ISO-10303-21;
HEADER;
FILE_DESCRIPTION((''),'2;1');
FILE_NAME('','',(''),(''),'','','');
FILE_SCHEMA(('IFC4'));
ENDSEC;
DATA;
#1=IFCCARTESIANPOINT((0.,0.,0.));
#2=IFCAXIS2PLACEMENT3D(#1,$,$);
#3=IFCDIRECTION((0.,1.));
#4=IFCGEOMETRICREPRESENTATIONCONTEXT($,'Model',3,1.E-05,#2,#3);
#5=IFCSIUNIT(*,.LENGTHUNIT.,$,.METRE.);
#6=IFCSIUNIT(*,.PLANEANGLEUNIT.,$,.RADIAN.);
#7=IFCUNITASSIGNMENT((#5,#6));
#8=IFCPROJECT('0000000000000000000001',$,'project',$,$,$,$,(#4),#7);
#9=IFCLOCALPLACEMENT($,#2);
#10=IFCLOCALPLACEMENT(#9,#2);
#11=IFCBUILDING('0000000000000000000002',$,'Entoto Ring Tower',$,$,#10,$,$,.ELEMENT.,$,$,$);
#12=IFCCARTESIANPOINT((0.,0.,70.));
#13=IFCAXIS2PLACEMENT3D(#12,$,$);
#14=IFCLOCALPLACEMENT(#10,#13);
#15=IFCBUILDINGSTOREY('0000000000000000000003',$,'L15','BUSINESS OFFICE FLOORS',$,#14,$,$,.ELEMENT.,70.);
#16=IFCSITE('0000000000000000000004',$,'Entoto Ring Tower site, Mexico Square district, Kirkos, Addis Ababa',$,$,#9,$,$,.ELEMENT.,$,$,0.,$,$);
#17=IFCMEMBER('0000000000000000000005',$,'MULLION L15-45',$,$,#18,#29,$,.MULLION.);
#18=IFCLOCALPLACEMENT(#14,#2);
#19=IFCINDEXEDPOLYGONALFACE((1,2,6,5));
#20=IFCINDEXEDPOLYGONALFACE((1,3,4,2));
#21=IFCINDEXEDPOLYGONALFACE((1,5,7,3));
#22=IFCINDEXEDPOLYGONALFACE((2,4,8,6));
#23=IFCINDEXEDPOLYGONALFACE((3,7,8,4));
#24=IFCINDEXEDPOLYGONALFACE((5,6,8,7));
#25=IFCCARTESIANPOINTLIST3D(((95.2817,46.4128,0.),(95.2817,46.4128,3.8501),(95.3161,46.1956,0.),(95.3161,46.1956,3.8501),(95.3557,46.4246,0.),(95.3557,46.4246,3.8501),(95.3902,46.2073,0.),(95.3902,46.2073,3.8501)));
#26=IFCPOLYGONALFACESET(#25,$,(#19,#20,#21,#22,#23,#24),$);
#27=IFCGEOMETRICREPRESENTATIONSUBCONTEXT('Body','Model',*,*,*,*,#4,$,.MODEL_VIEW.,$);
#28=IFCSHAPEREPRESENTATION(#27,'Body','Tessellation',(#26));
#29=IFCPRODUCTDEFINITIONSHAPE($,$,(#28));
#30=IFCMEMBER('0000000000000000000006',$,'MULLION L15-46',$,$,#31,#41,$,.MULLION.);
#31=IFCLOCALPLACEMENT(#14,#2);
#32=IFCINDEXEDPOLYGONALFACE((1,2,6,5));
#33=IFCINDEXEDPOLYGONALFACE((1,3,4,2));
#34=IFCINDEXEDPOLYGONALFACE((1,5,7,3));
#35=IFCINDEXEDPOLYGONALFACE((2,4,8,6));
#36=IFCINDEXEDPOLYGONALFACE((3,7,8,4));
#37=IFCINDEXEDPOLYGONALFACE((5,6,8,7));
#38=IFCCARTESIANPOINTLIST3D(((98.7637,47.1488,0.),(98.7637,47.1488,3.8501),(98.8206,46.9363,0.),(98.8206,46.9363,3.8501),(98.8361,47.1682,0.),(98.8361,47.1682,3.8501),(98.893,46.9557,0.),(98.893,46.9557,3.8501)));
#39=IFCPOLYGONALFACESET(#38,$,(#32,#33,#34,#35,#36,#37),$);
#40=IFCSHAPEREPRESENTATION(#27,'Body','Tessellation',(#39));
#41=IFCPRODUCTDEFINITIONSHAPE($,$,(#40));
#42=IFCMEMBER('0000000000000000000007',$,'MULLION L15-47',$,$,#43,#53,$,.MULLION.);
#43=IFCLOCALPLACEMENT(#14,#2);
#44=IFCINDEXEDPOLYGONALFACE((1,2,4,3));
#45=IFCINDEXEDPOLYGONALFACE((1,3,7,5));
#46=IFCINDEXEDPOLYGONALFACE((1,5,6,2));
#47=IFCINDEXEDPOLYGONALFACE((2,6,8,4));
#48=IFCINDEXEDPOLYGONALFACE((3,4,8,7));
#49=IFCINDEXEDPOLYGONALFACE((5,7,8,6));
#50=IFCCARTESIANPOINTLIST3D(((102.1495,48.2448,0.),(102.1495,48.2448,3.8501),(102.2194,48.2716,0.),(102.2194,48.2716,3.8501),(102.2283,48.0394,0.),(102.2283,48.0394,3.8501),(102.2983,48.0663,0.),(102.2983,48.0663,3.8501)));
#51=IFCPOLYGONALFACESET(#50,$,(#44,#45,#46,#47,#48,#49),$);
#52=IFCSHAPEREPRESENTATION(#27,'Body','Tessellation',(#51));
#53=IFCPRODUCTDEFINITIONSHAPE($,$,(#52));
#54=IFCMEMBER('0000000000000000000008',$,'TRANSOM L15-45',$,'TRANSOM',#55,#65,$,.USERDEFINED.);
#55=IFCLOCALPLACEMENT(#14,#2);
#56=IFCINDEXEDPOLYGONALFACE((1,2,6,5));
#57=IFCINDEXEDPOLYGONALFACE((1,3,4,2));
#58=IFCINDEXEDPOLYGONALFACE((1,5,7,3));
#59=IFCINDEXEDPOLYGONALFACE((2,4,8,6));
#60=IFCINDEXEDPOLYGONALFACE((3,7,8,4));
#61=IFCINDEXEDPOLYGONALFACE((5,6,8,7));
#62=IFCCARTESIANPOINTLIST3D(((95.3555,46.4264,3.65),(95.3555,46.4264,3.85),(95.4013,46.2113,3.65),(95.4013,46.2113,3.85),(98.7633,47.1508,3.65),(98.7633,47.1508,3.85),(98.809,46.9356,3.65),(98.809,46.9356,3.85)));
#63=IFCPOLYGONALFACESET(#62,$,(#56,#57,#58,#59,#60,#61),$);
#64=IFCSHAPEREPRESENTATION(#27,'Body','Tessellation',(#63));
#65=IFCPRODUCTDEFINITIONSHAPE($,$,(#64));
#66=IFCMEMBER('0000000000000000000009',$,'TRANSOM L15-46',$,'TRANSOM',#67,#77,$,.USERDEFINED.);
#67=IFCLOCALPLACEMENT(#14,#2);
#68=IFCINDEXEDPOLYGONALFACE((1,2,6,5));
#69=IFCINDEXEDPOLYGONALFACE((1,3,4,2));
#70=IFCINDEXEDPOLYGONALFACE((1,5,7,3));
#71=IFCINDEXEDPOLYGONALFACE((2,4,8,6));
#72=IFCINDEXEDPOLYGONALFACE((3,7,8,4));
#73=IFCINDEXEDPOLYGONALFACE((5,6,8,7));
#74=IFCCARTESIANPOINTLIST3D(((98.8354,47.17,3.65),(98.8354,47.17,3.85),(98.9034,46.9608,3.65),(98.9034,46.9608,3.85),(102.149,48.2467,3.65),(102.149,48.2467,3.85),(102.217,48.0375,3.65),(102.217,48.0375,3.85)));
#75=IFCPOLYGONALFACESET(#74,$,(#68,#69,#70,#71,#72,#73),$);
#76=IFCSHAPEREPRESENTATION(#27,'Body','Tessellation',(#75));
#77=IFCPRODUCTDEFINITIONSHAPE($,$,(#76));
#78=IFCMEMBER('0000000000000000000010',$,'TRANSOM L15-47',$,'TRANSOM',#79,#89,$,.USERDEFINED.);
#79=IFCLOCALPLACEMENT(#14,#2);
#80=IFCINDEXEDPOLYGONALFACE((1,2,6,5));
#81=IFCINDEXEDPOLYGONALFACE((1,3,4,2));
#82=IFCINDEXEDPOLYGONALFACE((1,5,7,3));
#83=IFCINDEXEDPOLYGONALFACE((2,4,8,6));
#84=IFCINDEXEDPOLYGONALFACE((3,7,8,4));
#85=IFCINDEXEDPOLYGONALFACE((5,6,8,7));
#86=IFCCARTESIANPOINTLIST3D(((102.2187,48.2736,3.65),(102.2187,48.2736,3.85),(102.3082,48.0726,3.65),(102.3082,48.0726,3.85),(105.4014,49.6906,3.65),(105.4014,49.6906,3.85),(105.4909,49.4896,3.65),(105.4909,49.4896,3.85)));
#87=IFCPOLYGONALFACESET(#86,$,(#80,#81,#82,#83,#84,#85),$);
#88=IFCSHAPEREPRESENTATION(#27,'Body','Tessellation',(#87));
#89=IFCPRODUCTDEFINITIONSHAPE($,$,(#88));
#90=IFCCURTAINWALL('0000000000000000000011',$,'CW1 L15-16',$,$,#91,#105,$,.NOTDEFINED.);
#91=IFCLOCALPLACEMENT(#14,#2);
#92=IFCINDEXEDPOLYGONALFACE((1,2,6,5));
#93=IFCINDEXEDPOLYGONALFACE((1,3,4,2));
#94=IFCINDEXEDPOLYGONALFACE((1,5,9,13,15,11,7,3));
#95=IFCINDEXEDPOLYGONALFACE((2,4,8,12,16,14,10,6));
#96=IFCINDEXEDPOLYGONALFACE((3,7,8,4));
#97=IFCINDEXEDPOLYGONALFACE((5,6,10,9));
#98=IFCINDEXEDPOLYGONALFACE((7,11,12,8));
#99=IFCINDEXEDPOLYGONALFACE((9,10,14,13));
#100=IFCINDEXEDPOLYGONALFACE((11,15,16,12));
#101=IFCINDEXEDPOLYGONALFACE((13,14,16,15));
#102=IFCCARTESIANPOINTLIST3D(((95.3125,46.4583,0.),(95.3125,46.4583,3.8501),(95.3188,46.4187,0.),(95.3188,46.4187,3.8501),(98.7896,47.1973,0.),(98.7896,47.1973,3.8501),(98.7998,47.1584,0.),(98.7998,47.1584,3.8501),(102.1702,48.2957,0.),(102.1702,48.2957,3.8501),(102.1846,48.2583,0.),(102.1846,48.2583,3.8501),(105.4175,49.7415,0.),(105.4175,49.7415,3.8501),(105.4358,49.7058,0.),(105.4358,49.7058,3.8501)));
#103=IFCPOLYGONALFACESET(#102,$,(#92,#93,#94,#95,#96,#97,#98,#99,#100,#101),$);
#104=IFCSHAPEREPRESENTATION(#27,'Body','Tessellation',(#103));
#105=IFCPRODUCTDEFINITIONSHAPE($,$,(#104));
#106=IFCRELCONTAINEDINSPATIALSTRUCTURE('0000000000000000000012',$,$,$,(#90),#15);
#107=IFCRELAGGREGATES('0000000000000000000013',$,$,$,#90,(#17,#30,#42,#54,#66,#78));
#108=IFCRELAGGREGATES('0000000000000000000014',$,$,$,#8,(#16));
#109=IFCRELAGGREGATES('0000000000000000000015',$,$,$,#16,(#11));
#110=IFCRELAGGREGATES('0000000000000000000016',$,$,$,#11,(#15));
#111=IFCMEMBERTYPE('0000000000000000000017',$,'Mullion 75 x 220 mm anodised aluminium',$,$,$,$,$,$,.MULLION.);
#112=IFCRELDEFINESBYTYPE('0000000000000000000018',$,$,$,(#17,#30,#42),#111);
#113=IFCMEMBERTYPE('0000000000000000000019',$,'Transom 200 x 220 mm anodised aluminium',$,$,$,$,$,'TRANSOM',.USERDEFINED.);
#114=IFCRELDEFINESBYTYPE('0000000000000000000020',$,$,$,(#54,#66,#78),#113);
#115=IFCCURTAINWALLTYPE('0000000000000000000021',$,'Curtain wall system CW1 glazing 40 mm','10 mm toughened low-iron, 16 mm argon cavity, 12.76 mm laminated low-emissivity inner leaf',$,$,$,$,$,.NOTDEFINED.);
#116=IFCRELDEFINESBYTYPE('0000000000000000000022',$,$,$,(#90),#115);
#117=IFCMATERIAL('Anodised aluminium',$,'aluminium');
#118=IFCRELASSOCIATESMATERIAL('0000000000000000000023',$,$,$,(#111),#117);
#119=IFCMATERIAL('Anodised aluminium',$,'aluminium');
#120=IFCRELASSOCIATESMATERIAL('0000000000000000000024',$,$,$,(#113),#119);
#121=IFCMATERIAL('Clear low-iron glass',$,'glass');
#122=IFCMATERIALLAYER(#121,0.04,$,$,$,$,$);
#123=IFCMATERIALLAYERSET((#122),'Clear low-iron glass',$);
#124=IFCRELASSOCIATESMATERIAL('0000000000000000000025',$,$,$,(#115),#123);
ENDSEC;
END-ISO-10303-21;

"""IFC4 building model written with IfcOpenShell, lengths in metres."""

from ifc_helpers import new_model, si_unit, direction, frame, origin, origin_2d, place, context, subcontext, project, spatial, polyline, rectangle, outline, extrude, material, layer, layer_set, material_profile, profile_set, type_object, element, aggregate, save


model = new_model("IFC4")

# Units and contexts
model_context = context("Model", 3, precision=1e-05, world=origin(), true_north=direction((0.0, 1.0)))
body_context = subcontext(model_context, "Body", "Model", "MODEL_VIEW")
ifc_project = project(units=[si_unit("LENGTHUNIT", "METRE"), si_unit("PLANEANGLEUNIT", "RADIAN")], contexts=[model_context])

# Members
ifc_material_1 = material(Name="Anodised aluminium", Category="aluminium")
ifc_material_profile_1 = material_profile(ifc_material_1, rectangle(XDim=0.075, YDim=0.22, at=origin_2d()), Name="Mullion 75 x 220 mm anodised aluminium")
ifc_profile_set_1 = profile_set([ifc_material_profile_1], Name="Anodised aluminium")
member_type_1 = type_object("IfcMemberType", Name="Mullion 75 x 220 mm anodised aluminium", PredefinedType="MULLION", material=ifc_profile_set_1)
site_placement = place(None, origin())
building_placement = place(site_placement, origin())
storey_placement = place(building_placement, frame((0.0, 0.0, 70.0)))
member_1_placement = place(storey_placement, frame((95.3359, 46.3101, 0.0), z_axis=(0.0, 0.0, 1.0), x_axis=(0.987688, 0.156434, 0.0)))
member_1 = element("IfcMember", 1, at=member_1_placement, type_object=member_type_1, Name="MULLION L15-45", PredefinedType="MULLION", context=body_context, shape_type="SweptSolid", body=[
    extrude(rectangle(XDim=0.075, YDim=0.22, at=origin_2d()), origin(), (0.0, 0.0, 1.0), 3.8501),
])
member_2_placement = place(storey_placement, frame((98.8284, 47.0522, 0.0), z_axis=(0.0, 0.0, 1.0), x_axis=(0.965926, 0.258819, 0.0)))
member_2 = element("IfcMember", 2, at=member_2_placement, type_object=member_type_1, Name="MULLION L15-46", PredefinedType="MULLION", context=body_context, shape_type="SweptSolid", body=[
    extrude(rectangle(XDim=0.075, YDim=0.22, at=origin_2d()), origin(), (0.0, 0.0, 1.0), 3.8501),
])
member_3_placement = place(storey_placement, frame((102.2239, 48.1555, 0.0), z_axis=(0.0, 0.0, 1.0), x_axis=(0.93358, 0.358368, 0.0)))
member_3 = element("IfcMember", 3, at=member_3_placement, type_object=member_type_1, Name="MULLION L15-47", PredefinedType="MULLION", context=body_context, shape_type="SweptSolid", body=[
    extrude(rectangle(XDim=0.075, YDim=0.22, at=origin_2d()), origin(), (0.0, 0.0, 1.0), 3.8501),
])
ifc_material_2 = material(Name="Anodised aluminium", Category="aluminium")
ifc_material_profile_2 = material_profile(ifc_material_2, rectangle(XDim=0.22, YDim=0.2, at=origin_2d()), Name="Transom 200 x 220 mm anodised aluminium")
ifc_profile_set_2 = profile_set([ifc_material_profile_2], Name="Anodised aluminium")
member_type_2 = type_object("IfcMemberType", Name="Transom 200 x 220 mm anodised aluminium", ElementType="TRANSOM", PredefinedType="USERDEFINED", material=ifc_profile_set_2)
member_4_placement = place(storey_placement, frame((95.3784, 46.3188, 3.75), z_axis=(0.978146, 0.207921, 0.0), x_axis=(-0.207921, 0.978146, 0.0)))
member_4 = element("IfcMember", 4, at=member_4_placement, type_object=member_type_2, Name="TRANSOM L15-45", ObjectType="TRANSOM", PredefinedType="USERDEFINED", context=body_context, shape_type="SweptSolid", body=[
    extrude(rectangle(XDim=0.22, YDim=0.2, at=origin_2d()), origin(), (0.0, 0.0, 1.0), 3.4839),
])
member_5_placement = place(storey_placement, frame((98.8694, 47.0654, 3.75), z_axis=(0.951053, 0.309029, 0.0), x_axis=(-0.309029, 0.951053, 0.0)))
member_5 = element("IfcMember", 5, at=member_5_placement, type_object=member_type_2, Name="TRANSOM L15-46", ObjectType="TRANSOM", PredefinedType="USERDEFINED", context=body_context, shape_type="SweptSolid", body=[
    extrude(rectangle(XDim=0.22, YDim=0.2, at=origin_2d()), origin(), (0.0, 0.0, 1.0), 3.4841),
])
member_6_placement = place(storey_placement, frame((102.2634, 48.1731, 3.75), z_axis=(0.913545, 0.406737, 0.0), x_axis=(-0.406737, 0.913545, 0.0)))
member_6 = element("IfcMember", 6, at=member_6_placement, type_object=member_type_2, Name="TRANSOM L15-47", ObjectType="TRANSOM", PredefinedType="USERDEFINED", context=body_context, shape_type="SweptSolid", body=[
    extrude(rectangle(XDim=0.22, YDim=0.2, at=origin_2d()), origin(), (0.0, 0.0, 1.0), 3.4839),
])

# Site, building, storey
site = spatial("IfcSite", under=ifc_project, at=site_placement, Name="Entoto Ring Tower site, Mexico Square district, Kirkos, Addis Ababa", CompositionType="ELEMENT", RefElevation=0.0)
building = spatial("IfcBuilding", under=site, at=building_placement, Name="Entoto Ring Tower", CompositionType="ELEMENT")
storey = spatial("IfcBuildingStorey", under=building, at=storey_placement, Name="L15", Description="BUSINESS OFFICE FLOORS", CompositionType="ELEMENT", Elevation=70.0)

# Curtain wall
ifc_material_3 = material(Name="Clear low-iron glass", Category="glass")
ifc_layer = layer(ifc_material_3, 0.04)
ifc_layer_set = layer_set([ifc_layer], Name="Clear low-iron glass")
curtain_wall_type = type_object("IfcCurtainWallType", Name="Curtain wall system CW1 glazing 40 mm", Description="10 mm toughened low-iron, 16 mm argon cavity, 12.76 mm laminated low-emissivity inner leaf", PredefinedType="NOTDEFINED", material=ifc_layer_set)
curtain_wall_1_placement = place(storey_placement, origin())
curtain_wall_1 = element("IfcCurtainWall", 7, at=curtain_wall_1_placement, inside=storey, type_object=curtain_wall_type, Name="CW1 L15-16", PredefinedType="NOTDEFINED", context=body_context, shape_type="SweptSolid", body=[
    extrude(outline(polyline([(95.3188, 46.4187), (98.7998, 47.1584), (102.1846, 48.2583), (105.4358, 49.7058), (105.4175, 49.7415), (102.1702, 48.2957), (98.7896, 47.1973), (95.3125, 46.4583), (95.3188, 46.4187)])), origin(), (0.0, 0.0, 1.0), 3.8501),
])
aggregate(curtain_wall_1, [member_1, member_2, member_3, member_4, member_5, member_6])

save(model, "model.ifc")
